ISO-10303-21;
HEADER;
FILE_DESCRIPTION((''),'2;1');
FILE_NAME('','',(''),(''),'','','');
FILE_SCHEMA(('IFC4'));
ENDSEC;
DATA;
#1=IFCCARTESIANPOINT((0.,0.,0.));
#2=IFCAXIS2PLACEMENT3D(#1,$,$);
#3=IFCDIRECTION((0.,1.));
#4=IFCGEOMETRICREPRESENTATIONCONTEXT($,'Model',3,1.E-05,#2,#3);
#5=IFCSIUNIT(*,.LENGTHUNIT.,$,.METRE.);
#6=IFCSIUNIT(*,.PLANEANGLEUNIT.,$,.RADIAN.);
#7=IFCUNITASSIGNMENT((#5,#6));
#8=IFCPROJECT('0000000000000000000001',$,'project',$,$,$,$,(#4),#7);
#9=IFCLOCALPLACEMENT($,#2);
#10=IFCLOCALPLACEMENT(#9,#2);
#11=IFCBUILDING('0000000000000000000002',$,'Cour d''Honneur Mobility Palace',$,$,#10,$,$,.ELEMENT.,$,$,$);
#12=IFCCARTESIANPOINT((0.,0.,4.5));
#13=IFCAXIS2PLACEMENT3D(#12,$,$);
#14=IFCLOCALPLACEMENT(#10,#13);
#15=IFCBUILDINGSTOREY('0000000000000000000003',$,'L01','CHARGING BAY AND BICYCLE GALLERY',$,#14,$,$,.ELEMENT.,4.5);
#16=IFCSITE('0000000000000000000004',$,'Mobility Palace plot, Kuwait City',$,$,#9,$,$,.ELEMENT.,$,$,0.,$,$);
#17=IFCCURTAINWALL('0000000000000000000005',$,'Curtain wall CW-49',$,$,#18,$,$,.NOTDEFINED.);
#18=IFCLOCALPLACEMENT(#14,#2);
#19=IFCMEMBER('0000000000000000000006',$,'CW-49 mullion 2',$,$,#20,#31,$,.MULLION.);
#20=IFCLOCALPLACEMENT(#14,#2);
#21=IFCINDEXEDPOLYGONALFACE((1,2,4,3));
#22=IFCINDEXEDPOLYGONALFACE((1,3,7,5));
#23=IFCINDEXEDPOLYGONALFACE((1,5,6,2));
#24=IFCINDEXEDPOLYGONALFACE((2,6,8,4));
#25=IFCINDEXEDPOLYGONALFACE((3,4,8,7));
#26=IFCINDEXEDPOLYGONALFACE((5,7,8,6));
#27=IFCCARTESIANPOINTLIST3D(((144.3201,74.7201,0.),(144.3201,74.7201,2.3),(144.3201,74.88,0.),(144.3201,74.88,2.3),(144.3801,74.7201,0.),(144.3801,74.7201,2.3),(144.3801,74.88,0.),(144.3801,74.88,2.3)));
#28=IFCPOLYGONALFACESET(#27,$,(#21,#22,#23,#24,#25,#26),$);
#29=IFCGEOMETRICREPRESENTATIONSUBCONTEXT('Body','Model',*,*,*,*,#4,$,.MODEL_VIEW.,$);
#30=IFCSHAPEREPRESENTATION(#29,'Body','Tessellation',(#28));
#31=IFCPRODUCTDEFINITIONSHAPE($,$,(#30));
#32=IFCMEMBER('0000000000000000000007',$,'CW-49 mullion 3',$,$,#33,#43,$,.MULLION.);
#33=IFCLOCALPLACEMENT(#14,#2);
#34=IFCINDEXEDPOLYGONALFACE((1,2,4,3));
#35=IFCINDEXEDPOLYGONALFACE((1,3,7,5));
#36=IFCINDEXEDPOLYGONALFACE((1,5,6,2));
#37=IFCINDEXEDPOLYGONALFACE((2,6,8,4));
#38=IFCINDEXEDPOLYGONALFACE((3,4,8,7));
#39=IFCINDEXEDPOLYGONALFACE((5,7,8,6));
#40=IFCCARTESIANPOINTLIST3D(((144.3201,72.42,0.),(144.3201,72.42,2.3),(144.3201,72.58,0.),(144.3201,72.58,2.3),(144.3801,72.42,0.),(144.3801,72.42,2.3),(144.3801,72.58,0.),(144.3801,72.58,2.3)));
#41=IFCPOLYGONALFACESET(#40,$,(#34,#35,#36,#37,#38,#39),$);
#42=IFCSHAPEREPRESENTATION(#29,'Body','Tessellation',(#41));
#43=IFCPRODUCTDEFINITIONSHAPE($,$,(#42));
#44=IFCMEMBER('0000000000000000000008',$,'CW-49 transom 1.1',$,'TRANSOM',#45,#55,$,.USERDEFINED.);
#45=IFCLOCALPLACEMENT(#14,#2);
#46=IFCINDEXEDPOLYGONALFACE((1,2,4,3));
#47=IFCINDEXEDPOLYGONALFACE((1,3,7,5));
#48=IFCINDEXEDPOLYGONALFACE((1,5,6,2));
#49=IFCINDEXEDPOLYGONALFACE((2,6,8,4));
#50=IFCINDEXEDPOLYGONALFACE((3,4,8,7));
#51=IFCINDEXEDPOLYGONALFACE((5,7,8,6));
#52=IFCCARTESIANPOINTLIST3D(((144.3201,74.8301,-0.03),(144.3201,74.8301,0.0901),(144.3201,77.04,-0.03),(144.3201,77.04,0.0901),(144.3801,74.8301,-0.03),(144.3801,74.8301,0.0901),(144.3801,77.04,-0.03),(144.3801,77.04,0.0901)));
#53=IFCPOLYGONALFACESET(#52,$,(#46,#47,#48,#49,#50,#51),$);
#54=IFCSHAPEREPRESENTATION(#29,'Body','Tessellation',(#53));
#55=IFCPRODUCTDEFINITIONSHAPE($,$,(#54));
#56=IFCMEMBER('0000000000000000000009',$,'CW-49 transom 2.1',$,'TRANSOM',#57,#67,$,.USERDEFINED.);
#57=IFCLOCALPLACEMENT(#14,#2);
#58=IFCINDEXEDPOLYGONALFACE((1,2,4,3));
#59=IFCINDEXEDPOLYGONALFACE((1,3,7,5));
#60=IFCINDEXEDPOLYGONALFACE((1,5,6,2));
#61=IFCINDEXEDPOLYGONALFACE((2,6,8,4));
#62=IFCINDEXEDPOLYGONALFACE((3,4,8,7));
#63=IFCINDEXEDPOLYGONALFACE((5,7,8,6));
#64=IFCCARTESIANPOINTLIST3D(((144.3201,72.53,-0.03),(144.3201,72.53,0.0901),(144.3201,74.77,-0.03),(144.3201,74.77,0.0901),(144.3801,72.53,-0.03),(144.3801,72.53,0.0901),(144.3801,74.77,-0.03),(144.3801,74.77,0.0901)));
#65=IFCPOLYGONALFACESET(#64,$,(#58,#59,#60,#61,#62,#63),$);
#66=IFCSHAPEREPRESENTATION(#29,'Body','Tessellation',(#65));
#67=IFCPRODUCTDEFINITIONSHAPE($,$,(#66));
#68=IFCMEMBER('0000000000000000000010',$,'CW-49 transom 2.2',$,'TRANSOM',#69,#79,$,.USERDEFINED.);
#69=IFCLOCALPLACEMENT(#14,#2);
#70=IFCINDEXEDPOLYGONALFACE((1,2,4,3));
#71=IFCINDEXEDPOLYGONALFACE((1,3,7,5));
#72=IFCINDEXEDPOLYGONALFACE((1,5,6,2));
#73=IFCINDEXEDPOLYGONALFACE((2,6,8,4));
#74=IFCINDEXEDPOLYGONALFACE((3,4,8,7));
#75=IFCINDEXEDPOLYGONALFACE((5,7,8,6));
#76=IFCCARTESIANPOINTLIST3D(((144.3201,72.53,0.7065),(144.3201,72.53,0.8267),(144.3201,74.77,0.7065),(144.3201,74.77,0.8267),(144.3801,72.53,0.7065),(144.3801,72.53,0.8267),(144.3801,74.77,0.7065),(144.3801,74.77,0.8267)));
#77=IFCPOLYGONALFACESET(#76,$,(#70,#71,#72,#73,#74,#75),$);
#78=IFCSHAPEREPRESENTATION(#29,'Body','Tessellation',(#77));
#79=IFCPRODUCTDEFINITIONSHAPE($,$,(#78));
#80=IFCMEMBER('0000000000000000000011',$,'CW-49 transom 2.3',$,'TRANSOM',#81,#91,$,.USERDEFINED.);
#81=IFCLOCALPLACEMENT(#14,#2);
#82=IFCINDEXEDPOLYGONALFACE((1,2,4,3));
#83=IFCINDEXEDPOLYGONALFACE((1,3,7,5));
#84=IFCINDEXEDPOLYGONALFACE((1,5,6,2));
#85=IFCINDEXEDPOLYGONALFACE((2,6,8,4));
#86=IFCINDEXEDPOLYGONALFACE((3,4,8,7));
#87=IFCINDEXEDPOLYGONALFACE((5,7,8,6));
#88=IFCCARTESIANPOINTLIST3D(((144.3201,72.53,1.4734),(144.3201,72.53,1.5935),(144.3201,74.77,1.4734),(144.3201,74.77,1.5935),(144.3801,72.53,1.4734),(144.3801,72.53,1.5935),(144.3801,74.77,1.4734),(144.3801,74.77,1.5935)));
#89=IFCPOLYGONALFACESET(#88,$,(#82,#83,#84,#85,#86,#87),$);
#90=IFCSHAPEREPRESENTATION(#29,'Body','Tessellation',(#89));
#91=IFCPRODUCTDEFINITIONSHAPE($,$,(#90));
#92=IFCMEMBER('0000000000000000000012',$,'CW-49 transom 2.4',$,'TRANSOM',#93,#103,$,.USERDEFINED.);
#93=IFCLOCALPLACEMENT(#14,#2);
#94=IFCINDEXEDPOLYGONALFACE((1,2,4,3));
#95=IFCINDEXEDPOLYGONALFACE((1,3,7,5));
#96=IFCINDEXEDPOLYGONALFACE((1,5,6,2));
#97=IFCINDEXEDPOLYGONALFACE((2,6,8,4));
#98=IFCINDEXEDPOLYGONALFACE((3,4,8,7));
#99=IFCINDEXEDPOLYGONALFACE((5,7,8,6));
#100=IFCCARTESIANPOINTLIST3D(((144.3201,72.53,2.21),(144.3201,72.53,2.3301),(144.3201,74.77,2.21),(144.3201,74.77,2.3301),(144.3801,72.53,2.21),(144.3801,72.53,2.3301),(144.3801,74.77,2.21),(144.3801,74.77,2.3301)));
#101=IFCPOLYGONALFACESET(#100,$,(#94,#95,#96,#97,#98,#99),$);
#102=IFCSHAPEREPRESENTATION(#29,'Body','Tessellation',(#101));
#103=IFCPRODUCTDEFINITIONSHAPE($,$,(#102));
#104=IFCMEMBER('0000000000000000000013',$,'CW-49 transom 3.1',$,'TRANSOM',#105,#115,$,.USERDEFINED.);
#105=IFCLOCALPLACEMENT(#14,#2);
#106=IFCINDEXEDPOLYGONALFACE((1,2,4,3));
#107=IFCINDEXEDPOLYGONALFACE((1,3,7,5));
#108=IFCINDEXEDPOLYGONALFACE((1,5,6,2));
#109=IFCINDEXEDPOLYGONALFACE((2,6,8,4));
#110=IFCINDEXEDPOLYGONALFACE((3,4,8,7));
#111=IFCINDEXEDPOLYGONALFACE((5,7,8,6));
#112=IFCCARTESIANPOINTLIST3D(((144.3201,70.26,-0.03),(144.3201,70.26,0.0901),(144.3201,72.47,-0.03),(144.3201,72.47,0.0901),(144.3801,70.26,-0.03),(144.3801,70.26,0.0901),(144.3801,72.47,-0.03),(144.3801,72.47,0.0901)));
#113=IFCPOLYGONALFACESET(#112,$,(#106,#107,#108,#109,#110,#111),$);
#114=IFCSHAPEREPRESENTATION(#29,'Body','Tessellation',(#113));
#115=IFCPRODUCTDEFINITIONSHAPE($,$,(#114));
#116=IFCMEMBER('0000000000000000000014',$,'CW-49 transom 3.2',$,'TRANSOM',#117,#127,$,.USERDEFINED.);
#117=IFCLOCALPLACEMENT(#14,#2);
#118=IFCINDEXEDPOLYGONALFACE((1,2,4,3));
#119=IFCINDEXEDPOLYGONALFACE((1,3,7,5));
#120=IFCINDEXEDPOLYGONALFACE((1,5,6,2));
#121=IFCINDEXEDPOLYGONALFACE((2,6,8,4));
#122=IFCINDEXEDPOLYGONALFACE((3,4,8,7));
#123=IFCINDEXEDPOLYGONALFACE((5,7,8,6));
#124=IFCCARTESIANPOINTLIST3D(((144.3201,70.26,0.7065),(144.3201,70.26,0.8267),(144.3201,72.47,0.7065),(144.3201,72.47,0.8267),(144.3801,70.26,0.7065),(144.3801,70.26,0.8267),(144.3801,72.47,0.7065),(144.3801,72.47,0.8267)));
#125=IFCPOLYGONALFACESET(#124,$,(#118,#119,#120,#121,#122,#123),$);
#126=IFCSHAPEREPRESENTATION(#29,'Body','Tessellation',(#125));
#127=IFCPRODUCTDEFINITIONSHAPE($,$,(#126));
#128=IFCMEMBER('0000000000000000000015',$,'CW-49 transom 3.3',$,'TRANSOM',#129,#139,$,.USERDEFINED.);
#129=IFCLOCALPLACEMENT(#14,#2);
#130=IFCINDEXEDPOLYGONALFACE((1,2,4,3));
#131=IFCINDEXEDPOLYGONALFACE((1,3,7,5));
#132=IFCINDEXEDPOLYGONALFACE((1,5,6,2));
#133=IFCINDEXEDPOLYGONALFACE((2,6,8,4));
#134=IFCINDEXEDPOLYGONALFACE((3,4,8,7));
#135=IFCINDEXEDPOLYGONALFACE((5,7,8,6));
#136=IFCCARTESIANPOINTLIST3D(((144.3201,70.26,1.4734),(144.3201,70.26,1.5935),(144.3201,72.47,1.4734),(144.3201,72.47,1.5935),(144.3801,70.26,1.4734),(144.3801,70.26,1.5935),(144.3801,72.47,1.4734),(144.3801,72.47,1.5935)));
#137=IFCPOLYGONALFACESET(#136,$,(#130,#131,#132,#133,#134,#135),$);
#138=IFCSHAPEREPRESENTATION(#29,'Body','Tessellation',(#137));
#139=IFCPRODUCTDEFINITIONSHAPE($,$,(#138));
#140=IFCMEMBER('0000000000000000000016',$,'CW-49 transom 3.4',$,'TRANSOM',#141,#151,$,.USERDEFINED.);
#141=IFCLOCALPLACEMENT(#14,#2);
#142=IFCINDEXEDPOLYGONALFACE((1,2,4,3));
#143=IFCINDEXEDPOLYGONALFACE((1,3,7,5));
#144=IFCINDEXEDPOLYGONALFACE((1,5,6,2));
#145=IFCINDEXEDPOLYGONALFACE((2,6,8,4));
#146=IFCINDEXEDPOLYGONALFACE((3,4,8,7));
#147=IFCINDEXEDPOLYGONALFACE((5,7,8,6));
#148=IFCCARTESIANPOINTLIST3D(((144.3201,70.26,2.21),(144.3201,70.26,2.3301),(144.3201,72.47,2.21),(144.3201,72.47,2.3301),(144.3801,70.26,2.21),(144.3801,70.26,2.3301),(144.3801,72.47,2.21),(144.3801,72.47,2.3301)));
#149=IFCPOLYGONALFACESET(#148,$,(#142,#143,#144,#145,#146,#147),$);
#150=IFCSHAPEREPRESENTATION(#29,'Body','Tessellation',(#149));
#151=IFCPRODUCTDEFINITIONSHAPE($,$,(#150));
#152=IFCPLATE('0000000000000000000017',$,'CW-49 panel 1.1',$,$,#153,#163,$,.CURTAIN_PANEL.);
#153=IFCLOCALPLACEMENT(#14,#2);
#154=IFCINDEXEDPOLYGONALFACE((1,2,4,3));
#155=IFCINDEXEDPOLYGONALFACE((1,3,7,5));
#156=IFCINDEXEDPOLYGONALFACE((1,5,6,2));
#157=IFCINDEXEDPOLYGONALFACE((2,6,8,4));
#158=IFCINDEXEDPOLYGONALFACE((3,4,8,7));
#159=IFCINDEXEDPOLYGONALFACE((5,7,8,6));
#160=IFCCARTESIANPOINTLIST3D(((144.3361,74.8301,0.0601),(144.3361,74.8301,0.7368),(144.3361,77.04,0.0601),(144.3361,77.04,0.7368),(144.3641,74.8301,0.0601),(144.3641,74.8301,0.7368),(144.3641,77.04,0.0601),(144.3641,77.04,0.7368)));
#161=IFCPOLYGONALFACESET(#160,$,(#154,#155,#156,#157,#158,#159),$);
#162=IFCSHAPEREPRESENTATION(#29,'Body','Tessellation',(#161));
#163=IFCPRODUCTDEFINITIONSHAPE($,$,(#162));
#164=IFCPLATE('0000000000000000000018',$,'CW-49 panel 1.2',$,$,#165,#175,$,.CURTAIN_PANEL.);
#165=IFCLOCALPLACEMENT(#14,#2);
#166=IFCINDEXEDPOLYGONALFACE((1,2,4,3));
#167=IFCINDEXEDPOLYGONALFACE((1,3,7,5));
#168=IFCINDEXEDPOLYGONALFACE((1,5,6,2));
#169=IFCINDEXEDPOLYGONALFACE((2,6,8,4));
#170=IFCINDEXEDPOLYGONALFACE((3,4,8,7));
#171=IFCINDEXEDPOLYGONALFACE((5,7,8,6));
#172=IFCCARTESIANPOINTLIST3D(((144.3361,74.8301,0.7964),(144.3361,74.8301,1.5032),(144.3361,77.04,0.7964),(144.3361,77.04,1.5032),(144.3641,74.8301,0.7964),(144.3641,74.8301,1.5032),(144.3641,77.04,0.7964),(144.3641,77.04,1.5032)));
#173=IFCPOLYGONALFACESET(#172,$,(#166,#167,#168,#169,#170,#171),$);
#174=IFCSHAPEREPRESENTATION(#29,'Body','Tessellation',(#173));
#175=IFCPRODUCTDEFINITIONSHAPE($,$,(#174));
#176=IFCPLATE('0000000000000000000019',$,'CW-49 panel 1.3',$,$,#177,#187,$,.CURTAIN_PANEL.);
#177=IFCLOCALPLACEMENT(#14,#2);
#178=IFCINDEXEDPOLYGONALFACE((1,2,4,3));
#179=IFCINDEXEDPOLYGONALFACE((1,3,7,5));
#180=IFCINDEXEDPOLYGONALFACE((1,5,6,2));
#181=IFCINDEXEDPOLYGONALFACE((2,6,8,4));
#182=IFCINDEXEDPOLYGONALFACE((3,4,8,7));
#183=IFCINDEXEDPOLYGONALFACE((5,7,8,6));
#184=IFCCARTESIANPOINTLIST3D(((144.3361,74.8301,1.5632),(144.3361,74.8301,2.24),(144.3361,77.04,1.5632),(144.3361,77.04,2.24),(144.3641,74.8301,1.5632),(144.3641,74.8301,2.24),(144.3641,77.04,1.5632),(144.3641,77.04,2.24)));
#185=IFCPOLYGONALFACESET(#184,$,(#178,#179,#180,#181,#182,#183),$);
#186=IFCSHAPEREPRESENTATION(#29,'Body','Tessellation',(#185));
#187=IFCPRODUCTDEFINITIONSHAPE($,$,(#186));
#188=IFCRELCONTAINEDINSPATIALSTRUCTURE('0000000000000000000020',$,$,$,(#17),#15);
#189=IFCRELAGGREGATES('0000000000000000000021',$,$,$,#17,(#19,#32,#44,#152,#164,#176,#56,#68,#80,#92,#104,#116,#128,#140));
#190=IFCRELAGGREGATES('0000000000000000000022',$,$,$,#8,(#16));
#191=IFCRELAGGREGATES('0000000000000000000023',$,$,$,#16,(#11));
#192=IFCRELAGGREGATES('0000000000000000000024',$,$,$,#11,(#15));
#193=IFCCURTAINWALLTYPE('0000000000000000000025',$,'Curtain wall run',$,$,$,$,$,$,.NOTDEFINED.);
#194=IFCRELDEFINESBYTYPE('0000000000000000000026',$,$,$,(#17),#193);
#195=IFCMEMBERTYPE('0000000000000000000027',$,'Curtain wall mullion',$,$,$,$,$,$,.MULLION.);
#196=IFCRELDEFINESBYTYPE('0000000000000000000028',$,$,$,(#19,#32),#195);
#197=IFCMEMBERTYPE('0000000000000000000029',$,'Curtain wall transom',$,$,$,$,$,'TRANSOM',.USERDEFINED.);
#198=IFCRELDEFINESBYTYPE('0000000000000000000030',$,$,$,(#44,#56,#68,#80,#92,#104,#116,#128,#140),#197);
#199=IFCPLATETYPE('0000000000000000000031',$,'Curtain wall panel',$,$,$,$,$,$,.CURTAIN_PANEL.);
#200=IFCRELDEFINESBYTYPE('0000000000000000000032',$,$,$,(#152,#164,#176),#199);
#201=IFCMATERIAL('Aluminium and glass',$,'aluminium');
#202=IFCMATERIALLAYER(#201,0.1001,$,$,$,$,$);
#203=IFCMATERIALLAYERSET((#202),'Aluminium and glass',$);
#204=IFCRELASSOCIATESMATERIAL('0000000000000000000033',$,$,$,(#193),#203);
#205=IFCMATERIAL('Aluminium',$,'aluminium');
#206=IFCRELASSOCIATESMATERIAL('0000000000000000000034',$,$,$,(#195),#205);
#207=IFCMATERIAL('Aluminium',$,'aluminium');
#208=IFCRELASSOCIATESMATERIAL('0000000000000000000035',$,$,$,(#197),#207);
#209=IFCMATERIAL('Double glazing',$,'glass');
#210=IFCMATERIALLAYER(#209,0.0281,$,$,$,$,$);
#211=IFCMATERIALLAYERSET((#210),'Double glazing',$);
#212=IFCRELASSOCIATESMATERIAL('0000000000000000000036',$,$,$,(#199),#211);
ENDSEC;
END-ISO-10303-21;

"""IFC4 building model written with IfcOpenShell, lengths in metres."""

from ifc_helpers import new_model, si_unit, direction, frame, origin, origin_2d, place, context, subcontext, project, spatial, rectangle, extrude, material, layer, layer_set, material_profile, profile_set, type_object, element, aggregate, save


model = new_model("IFC4")

# Units and contexts
model_context = context("Model", 3, precision=1e-05, world=origin(), true_north=direction((0.0, 1.0)))
body_context = subcontext(model_context, "Body", "Model", "MODEL_VIEW")
ifc_project = project(units=[si_unit("LENGTHUNIT", "METRE"), si_unit("PLANEANGLEUNIT", "RADIAN")], contexts=[model_context])

# Site, building, storey
site_placement = place(None, origin())
site = spatial("IfcSite", under=ifc_project, at=site_placement, Name="Mobility Palace plot, Kuwait City", CompositionType="ELEMENT", RefElevation=0.0)
building_placement = place(site_placement, origin())
building = spatial("IfcBuilding", under=site, at=building_placement, Name="Cour d'Honneur Mobility Palace", CompositionType="ELEMENT")
storey_placement = place(building_placement, frame((0.0, 0.0, 4.5)))
storey = spatial("IfcBuildingStorey", under=building, at=storey_placement, Name="L01", Description="CHARGING BAY AND BICYCLE GALLERY", CompositionType="ELEMENT", Elevation=4.5)

# Curtain wall, members, plates
ifc_material_1 = material(Name="Aluminium and glass", Category="aluminium")
ifc_layer_1 = layer(ifc_material_1, 0.1001)
ifc_layer_set_1 = layer_set([ifc_layer_1], Name="Aluminium and glass")
curtain_wall_type = type_object("IfcCurtainWallType", Name="Curtain wall run", PredefinedType="NOTDEFINED", material=ifc_layer_set_1)
curtain_wall_placement = place(storey_placement, origin())
curtain_wall = element("IfcCurtainWall", 1, at=curtain_wall_placement, inside=storey, type_object=curtain_wall_type, Name="Curtain wall CW-49", PredefinedType="NOTDEFINED")
ifc_material_2 = material(Name="Aluminium", Category="aluminium")
ifc_material_profile_1 = material_profile(ifc_material_2, rectangle(XDim=0.0601, YDim=0.1599, at=origin_2d()), Name="Curtain wall mullion")
ifc_profile_set_1 = profile_set([ifc_material_profile_1], Name="Aluminium")
member_type_1 = type_object("IfcMemberType", Name="Curtain wall mullion", PredefinedType="MULLION", material=ifc_profile_set_1)
member_1_placement = place(storey_placement, frame((144.3501, 74.8, 0.0), z_axis=(0.0, 0.0, 1.0), x_axis=(1.0, 0.0, 0.0)))
member_1 = element("IfcMember", 2, at=member_1_placement, type_object=member_type_1, Name="CW-49 mullion 2", PredefinedType="MULLION", context=body_context, shape_type="SweptSolid", body=[
    extrude(rectangle(XDim=0.0601, YDim=0.1599, at=origin_2d()), origin(), (0.0, 0.0, 1.0), 2.3),
])
member_2_placement = place(storey_placement, frame((144.3501, 72.5, 0.0), z_axis=(0.0, 0.0, 1.0), x_axis=(1.0, 0.0, 0.0)))
member_2 = element("IfcMember", 3, at=member_2_placement, type_object=member_type_1, Name="CW-49 mullion 3", PredefinedType="MULLION", context=body_context, shape_type="SweptSolid", body=[
    extrude(rectangle(XDim=0.0601, YDim=0.1599, at=origin_2d()), origin(), (0.0, 0.0, 1.0), 2.3),
])
ifc_material_3 = material(Name="Aluminium", Category="aluminium")
ifc_material_profile_2 = material_profile(ifc_material_3, rectangle(XDim=0.0601, YDim=0.1201, at=origin_2d()), Name="Curtain wall transom")
ifc_profile_set_2 = profile_set([ifc_material_profile_2], Name="Aluminium")
member_type_2 = type_object("IfcMemberType", Name="Curtain wall transom", ElementType="TRANSOM", PredefinedType="USERDEFINED", material=ifc_profile_set_2)
member_3_placement = place(storey_placement, frame((144.3501, 77.04, 0.03), z_axis=(0.0, -1.0, 0.0), x_axis=(1.0, 0.0, 0.0)))
member_3 = element("IfcMember", 4, at=member_3_placement, type_object=member_type_2, Name="CW-49 transom 1.1", ObjectType="TRANSOM", PredefinedType="USERDEFINED", context=body_context, shape_type="SweptSolid", body=[
    extrude(rectangle(XDim=0.0601, YDim=0.1201, at=origin_2d()), origin(), (0.0, 0.0, 1.0), 2.21),
])
member_4_placement = place(storey_placement, frame((144.3501, 74.77, 0.03), z_axis=(0.0, -1.0, 0.0), x_axis=(1.0, 0.0, 0.0)))
member_4 = element("IfcMember", 5, at=member_4_placement, type_object=member_type_2, Name="CW-49 transom 2.1", ObjectType="TRANSOM", PredefinedType="USERDEFINED", context=body_context, shape_type="SweptSolid", body=[
    extrude(rectangle(XDim=0.0601, YDim=0.1201, at=origin_2d()), origin(), (0.0, 0.0, 1.0), 2.24),
])
member_5_placement = place(storey_placement, frame((144.3501, 74.77, 0.7666), z_axis=(0.0, -1.0, 0.0), x_axis=(1.0, 0.0, 0.0)))
member_5 = element("IfcMember", 6, at=member_5_placement, type_object=member_type_2, Name="CW-49 transom 2.2", ObjectType="TRANSOM", PredefinedType="USERDEFINED", context=body_context, shape_type="SweptSolid", body=[
    extrude(rectangle(XDim=0.0601, YDim=0.1201, at=origin_2d()), origin(), (0.0, 0.0, 1.0), 2.24),
])
member_6_placement = place(storey_placement, frame((144.3501, 74.77, 1.5334), z_axis=(0.0, -1.0, 0.0), x_axis=(1.0, 0.0, 0.0)))
member_6 = element("IfcMember", 7, at=member_6_placement, type_object=member_type_2, Name="CW-49 transom 2.3", ObjectType="TRANSOM", PredefinedType="USERDEFINED", context=body_context, shape_type="SweptSolid", body=[
    extrude(rectangle(XDim=0.0601, YDim=0.1201, at=origin_2d()), origin(), (0.0, 0.0, 1.0), 2.24),
])
member_7_placement = place(storey_placement, frame((144.3501, 74.77, 2.27), z_axis=(0.0, -1.0, 0.0), x_axis=(1.0, 0.0, 0.0)))
member_7 = element("IfcMember", 8, at=member_7_placement, type_object=member_type_2, Name="CW-49 transom 2.4", ObjectType="TRANSOM", PredefinedType="USERDEFINED", context=body_context, shape_type="SweptSolid", body=[
    extrude(rectangle(XDim=0.0601, YDim=0.1201, at=origin_2d()), origin(), (0.0, 0.0, 1.0), 2.24),
])
member_8_placement = place(storey_placement, frame((144.3501, 72.47, 0.03), z_axis=(0.0, -1.0, 0.0), x_axis=(1.0, 0.0, 0.0)))
member_8 = element("IfcMember", 9, at=member_8_placement, type_object=member_type_2, Name="CW-49 transom 3.1", ObjectType="TRANSOM", PredefinedType="USERDEFINED", context=body_context, shape_type="SweptSolid", body=[
    extrude(rectangle(XDim=0.0601, YDim=0.1201, at=origin_2d()), origin(), (0.0, 0.0, 1.0), 2.21),
])
member_9_placement = place(storey_placement, frame((144.3501, 72.47, 0.7666), z_axis=(0.0, -1.0, 0.0), x_axis=(1.0, 0.0, 0.0)))
member_9 = element("IfcMember", 10, at=member_9_placement, type_object=member_type_2, Name="CW-49 transom 3.2", ObjectType="TRANSOM", PredefinedType="USERDEFINED", context=body_context, shape_type="SweptSolid", body=[
    extrude(rectangle(XDim=0.0601, YDim=0.1201, at=origin_2d()), origin(), (0.0, 0.0, 1.0), 2.21),
])
member_10_placement = place(storey_placement, frame((144.3501, 72.47, 1.5334), z_axis=(0.0, -1.0, 0.0), x_axis=(1.0, 0.0, 0.0)))
member_10 = element("IfcMember", 11, at=member_10_placement, type_object=member_type_2, Name="CW-49 transom 3.3", ObjectType="TRANSOM", PredefinedType="USERDEFINED", context=body_context, shape_type="SweptSolid", body=[
    extrude(rectangle(XDim=0.0601, YDim=0.1201, at=origin_2d()), origin(), (0.0, 0.0, 1.0), 2.21),
])
member_11_placement = place(storey_placement, frame((144.3501, 72.47, 2.27), z_axis=(0.0, -1.0, 0.0), x_axis=(1.0, 0.0, 0.0)))
member_11 = element("IfcMember", 12, at=member_11_placement, type_object=member_type_2, Name="CW-49 transom 3.4", ObjectType="TRANSOM", PredefinedType="USERDEFINED", context=body_context, shape_type="SweptSolid", body=[
    extrude(rectangle(XDim=0.0601, YDim=0.1201, at=origin_2d()), origin(), (0.0, 0.0, 1.0), 2.21),
])
ifc_material_4 = material(Name="Double glazing", Category="glass")
ifc_layer_2 = layer(ifc_material_4, 0.0281)
ifc_layer_set_2 = layer_set([ifc_layer_2], Name="Double glazing")
plate_type = type_object("IfcPlateType", Name="Curtain wall panel", PredefinedType="CURTAIN_PANEL", material=ifc_layer_set_2)
plate_1_placement = place(storey_placement, frame((144.3501, 75.9351, 0.0601), z_axis=(0.0, 0.0, 1.0), x_axis=(0.0, -1.0, 0.0)))
plate_1 = element("IfcPlate", 13, at=plate_1_placement, type_object=plate_type, Name="CW-49 panel 1.1", PredefinedType="CURTAIN_PANEL", context=body_context, shape_type="SweptSolid", body=[
    extrude(rectangle(XDim=2.21, YDim=0.0281, at=origin_2d()), origin(), (0.0, 0.0, 1.0), 0.6768),
])
plate_2_placement = place(storey_placement, frame((144.3501, 75.9351, 0.7964), z_axis=(0.0, 0.0, 1.0), x_axis=(0.0, -1.0, 0.0)))
plate_2 = element("IfcPlate", 14, at=plate_2_placement, type_object=plate_type, Name="CW-49 panel 1.2", PredefinedType="CURTAIN_PANEL", context=body_context, shape_type="SweptSolid", body=[
    extrude(rectangle(XDim=2.21, YDim=0.0281, at=origin_2d()), origin(), (0.0, 0.0, 1.0), 0.7068),
])
plate_3_placement = place(storey_placement, frame((144.3501, 75.9351, 1.5632), z_axis=(0.0, 0.0, 1.0), x_axis=(0.0, -1.0, 0.0)))
plate_3 = element("IfcPlate", 15, at=plate_3_placement, type_object=plate_type, Name="CW-49 panel 1.3", PredefinedType="CURTAIN_PANEL", context=body_context, shape_type="SweptSolid", body=[
    extrude(rectangle(XDim=2.21, YDim=0.0281, at=origin_2d()), origin(), (0.0, 0.0, 1.0), 0.6768),
])
aggregate(curtain_wall, [member_1, member_2, member_3, plate_1, plate_2, plate_3, member_4, member_5, member_6, member_7, member_8, member_9, member_10, member_11])

save(model, "model.ifc")
